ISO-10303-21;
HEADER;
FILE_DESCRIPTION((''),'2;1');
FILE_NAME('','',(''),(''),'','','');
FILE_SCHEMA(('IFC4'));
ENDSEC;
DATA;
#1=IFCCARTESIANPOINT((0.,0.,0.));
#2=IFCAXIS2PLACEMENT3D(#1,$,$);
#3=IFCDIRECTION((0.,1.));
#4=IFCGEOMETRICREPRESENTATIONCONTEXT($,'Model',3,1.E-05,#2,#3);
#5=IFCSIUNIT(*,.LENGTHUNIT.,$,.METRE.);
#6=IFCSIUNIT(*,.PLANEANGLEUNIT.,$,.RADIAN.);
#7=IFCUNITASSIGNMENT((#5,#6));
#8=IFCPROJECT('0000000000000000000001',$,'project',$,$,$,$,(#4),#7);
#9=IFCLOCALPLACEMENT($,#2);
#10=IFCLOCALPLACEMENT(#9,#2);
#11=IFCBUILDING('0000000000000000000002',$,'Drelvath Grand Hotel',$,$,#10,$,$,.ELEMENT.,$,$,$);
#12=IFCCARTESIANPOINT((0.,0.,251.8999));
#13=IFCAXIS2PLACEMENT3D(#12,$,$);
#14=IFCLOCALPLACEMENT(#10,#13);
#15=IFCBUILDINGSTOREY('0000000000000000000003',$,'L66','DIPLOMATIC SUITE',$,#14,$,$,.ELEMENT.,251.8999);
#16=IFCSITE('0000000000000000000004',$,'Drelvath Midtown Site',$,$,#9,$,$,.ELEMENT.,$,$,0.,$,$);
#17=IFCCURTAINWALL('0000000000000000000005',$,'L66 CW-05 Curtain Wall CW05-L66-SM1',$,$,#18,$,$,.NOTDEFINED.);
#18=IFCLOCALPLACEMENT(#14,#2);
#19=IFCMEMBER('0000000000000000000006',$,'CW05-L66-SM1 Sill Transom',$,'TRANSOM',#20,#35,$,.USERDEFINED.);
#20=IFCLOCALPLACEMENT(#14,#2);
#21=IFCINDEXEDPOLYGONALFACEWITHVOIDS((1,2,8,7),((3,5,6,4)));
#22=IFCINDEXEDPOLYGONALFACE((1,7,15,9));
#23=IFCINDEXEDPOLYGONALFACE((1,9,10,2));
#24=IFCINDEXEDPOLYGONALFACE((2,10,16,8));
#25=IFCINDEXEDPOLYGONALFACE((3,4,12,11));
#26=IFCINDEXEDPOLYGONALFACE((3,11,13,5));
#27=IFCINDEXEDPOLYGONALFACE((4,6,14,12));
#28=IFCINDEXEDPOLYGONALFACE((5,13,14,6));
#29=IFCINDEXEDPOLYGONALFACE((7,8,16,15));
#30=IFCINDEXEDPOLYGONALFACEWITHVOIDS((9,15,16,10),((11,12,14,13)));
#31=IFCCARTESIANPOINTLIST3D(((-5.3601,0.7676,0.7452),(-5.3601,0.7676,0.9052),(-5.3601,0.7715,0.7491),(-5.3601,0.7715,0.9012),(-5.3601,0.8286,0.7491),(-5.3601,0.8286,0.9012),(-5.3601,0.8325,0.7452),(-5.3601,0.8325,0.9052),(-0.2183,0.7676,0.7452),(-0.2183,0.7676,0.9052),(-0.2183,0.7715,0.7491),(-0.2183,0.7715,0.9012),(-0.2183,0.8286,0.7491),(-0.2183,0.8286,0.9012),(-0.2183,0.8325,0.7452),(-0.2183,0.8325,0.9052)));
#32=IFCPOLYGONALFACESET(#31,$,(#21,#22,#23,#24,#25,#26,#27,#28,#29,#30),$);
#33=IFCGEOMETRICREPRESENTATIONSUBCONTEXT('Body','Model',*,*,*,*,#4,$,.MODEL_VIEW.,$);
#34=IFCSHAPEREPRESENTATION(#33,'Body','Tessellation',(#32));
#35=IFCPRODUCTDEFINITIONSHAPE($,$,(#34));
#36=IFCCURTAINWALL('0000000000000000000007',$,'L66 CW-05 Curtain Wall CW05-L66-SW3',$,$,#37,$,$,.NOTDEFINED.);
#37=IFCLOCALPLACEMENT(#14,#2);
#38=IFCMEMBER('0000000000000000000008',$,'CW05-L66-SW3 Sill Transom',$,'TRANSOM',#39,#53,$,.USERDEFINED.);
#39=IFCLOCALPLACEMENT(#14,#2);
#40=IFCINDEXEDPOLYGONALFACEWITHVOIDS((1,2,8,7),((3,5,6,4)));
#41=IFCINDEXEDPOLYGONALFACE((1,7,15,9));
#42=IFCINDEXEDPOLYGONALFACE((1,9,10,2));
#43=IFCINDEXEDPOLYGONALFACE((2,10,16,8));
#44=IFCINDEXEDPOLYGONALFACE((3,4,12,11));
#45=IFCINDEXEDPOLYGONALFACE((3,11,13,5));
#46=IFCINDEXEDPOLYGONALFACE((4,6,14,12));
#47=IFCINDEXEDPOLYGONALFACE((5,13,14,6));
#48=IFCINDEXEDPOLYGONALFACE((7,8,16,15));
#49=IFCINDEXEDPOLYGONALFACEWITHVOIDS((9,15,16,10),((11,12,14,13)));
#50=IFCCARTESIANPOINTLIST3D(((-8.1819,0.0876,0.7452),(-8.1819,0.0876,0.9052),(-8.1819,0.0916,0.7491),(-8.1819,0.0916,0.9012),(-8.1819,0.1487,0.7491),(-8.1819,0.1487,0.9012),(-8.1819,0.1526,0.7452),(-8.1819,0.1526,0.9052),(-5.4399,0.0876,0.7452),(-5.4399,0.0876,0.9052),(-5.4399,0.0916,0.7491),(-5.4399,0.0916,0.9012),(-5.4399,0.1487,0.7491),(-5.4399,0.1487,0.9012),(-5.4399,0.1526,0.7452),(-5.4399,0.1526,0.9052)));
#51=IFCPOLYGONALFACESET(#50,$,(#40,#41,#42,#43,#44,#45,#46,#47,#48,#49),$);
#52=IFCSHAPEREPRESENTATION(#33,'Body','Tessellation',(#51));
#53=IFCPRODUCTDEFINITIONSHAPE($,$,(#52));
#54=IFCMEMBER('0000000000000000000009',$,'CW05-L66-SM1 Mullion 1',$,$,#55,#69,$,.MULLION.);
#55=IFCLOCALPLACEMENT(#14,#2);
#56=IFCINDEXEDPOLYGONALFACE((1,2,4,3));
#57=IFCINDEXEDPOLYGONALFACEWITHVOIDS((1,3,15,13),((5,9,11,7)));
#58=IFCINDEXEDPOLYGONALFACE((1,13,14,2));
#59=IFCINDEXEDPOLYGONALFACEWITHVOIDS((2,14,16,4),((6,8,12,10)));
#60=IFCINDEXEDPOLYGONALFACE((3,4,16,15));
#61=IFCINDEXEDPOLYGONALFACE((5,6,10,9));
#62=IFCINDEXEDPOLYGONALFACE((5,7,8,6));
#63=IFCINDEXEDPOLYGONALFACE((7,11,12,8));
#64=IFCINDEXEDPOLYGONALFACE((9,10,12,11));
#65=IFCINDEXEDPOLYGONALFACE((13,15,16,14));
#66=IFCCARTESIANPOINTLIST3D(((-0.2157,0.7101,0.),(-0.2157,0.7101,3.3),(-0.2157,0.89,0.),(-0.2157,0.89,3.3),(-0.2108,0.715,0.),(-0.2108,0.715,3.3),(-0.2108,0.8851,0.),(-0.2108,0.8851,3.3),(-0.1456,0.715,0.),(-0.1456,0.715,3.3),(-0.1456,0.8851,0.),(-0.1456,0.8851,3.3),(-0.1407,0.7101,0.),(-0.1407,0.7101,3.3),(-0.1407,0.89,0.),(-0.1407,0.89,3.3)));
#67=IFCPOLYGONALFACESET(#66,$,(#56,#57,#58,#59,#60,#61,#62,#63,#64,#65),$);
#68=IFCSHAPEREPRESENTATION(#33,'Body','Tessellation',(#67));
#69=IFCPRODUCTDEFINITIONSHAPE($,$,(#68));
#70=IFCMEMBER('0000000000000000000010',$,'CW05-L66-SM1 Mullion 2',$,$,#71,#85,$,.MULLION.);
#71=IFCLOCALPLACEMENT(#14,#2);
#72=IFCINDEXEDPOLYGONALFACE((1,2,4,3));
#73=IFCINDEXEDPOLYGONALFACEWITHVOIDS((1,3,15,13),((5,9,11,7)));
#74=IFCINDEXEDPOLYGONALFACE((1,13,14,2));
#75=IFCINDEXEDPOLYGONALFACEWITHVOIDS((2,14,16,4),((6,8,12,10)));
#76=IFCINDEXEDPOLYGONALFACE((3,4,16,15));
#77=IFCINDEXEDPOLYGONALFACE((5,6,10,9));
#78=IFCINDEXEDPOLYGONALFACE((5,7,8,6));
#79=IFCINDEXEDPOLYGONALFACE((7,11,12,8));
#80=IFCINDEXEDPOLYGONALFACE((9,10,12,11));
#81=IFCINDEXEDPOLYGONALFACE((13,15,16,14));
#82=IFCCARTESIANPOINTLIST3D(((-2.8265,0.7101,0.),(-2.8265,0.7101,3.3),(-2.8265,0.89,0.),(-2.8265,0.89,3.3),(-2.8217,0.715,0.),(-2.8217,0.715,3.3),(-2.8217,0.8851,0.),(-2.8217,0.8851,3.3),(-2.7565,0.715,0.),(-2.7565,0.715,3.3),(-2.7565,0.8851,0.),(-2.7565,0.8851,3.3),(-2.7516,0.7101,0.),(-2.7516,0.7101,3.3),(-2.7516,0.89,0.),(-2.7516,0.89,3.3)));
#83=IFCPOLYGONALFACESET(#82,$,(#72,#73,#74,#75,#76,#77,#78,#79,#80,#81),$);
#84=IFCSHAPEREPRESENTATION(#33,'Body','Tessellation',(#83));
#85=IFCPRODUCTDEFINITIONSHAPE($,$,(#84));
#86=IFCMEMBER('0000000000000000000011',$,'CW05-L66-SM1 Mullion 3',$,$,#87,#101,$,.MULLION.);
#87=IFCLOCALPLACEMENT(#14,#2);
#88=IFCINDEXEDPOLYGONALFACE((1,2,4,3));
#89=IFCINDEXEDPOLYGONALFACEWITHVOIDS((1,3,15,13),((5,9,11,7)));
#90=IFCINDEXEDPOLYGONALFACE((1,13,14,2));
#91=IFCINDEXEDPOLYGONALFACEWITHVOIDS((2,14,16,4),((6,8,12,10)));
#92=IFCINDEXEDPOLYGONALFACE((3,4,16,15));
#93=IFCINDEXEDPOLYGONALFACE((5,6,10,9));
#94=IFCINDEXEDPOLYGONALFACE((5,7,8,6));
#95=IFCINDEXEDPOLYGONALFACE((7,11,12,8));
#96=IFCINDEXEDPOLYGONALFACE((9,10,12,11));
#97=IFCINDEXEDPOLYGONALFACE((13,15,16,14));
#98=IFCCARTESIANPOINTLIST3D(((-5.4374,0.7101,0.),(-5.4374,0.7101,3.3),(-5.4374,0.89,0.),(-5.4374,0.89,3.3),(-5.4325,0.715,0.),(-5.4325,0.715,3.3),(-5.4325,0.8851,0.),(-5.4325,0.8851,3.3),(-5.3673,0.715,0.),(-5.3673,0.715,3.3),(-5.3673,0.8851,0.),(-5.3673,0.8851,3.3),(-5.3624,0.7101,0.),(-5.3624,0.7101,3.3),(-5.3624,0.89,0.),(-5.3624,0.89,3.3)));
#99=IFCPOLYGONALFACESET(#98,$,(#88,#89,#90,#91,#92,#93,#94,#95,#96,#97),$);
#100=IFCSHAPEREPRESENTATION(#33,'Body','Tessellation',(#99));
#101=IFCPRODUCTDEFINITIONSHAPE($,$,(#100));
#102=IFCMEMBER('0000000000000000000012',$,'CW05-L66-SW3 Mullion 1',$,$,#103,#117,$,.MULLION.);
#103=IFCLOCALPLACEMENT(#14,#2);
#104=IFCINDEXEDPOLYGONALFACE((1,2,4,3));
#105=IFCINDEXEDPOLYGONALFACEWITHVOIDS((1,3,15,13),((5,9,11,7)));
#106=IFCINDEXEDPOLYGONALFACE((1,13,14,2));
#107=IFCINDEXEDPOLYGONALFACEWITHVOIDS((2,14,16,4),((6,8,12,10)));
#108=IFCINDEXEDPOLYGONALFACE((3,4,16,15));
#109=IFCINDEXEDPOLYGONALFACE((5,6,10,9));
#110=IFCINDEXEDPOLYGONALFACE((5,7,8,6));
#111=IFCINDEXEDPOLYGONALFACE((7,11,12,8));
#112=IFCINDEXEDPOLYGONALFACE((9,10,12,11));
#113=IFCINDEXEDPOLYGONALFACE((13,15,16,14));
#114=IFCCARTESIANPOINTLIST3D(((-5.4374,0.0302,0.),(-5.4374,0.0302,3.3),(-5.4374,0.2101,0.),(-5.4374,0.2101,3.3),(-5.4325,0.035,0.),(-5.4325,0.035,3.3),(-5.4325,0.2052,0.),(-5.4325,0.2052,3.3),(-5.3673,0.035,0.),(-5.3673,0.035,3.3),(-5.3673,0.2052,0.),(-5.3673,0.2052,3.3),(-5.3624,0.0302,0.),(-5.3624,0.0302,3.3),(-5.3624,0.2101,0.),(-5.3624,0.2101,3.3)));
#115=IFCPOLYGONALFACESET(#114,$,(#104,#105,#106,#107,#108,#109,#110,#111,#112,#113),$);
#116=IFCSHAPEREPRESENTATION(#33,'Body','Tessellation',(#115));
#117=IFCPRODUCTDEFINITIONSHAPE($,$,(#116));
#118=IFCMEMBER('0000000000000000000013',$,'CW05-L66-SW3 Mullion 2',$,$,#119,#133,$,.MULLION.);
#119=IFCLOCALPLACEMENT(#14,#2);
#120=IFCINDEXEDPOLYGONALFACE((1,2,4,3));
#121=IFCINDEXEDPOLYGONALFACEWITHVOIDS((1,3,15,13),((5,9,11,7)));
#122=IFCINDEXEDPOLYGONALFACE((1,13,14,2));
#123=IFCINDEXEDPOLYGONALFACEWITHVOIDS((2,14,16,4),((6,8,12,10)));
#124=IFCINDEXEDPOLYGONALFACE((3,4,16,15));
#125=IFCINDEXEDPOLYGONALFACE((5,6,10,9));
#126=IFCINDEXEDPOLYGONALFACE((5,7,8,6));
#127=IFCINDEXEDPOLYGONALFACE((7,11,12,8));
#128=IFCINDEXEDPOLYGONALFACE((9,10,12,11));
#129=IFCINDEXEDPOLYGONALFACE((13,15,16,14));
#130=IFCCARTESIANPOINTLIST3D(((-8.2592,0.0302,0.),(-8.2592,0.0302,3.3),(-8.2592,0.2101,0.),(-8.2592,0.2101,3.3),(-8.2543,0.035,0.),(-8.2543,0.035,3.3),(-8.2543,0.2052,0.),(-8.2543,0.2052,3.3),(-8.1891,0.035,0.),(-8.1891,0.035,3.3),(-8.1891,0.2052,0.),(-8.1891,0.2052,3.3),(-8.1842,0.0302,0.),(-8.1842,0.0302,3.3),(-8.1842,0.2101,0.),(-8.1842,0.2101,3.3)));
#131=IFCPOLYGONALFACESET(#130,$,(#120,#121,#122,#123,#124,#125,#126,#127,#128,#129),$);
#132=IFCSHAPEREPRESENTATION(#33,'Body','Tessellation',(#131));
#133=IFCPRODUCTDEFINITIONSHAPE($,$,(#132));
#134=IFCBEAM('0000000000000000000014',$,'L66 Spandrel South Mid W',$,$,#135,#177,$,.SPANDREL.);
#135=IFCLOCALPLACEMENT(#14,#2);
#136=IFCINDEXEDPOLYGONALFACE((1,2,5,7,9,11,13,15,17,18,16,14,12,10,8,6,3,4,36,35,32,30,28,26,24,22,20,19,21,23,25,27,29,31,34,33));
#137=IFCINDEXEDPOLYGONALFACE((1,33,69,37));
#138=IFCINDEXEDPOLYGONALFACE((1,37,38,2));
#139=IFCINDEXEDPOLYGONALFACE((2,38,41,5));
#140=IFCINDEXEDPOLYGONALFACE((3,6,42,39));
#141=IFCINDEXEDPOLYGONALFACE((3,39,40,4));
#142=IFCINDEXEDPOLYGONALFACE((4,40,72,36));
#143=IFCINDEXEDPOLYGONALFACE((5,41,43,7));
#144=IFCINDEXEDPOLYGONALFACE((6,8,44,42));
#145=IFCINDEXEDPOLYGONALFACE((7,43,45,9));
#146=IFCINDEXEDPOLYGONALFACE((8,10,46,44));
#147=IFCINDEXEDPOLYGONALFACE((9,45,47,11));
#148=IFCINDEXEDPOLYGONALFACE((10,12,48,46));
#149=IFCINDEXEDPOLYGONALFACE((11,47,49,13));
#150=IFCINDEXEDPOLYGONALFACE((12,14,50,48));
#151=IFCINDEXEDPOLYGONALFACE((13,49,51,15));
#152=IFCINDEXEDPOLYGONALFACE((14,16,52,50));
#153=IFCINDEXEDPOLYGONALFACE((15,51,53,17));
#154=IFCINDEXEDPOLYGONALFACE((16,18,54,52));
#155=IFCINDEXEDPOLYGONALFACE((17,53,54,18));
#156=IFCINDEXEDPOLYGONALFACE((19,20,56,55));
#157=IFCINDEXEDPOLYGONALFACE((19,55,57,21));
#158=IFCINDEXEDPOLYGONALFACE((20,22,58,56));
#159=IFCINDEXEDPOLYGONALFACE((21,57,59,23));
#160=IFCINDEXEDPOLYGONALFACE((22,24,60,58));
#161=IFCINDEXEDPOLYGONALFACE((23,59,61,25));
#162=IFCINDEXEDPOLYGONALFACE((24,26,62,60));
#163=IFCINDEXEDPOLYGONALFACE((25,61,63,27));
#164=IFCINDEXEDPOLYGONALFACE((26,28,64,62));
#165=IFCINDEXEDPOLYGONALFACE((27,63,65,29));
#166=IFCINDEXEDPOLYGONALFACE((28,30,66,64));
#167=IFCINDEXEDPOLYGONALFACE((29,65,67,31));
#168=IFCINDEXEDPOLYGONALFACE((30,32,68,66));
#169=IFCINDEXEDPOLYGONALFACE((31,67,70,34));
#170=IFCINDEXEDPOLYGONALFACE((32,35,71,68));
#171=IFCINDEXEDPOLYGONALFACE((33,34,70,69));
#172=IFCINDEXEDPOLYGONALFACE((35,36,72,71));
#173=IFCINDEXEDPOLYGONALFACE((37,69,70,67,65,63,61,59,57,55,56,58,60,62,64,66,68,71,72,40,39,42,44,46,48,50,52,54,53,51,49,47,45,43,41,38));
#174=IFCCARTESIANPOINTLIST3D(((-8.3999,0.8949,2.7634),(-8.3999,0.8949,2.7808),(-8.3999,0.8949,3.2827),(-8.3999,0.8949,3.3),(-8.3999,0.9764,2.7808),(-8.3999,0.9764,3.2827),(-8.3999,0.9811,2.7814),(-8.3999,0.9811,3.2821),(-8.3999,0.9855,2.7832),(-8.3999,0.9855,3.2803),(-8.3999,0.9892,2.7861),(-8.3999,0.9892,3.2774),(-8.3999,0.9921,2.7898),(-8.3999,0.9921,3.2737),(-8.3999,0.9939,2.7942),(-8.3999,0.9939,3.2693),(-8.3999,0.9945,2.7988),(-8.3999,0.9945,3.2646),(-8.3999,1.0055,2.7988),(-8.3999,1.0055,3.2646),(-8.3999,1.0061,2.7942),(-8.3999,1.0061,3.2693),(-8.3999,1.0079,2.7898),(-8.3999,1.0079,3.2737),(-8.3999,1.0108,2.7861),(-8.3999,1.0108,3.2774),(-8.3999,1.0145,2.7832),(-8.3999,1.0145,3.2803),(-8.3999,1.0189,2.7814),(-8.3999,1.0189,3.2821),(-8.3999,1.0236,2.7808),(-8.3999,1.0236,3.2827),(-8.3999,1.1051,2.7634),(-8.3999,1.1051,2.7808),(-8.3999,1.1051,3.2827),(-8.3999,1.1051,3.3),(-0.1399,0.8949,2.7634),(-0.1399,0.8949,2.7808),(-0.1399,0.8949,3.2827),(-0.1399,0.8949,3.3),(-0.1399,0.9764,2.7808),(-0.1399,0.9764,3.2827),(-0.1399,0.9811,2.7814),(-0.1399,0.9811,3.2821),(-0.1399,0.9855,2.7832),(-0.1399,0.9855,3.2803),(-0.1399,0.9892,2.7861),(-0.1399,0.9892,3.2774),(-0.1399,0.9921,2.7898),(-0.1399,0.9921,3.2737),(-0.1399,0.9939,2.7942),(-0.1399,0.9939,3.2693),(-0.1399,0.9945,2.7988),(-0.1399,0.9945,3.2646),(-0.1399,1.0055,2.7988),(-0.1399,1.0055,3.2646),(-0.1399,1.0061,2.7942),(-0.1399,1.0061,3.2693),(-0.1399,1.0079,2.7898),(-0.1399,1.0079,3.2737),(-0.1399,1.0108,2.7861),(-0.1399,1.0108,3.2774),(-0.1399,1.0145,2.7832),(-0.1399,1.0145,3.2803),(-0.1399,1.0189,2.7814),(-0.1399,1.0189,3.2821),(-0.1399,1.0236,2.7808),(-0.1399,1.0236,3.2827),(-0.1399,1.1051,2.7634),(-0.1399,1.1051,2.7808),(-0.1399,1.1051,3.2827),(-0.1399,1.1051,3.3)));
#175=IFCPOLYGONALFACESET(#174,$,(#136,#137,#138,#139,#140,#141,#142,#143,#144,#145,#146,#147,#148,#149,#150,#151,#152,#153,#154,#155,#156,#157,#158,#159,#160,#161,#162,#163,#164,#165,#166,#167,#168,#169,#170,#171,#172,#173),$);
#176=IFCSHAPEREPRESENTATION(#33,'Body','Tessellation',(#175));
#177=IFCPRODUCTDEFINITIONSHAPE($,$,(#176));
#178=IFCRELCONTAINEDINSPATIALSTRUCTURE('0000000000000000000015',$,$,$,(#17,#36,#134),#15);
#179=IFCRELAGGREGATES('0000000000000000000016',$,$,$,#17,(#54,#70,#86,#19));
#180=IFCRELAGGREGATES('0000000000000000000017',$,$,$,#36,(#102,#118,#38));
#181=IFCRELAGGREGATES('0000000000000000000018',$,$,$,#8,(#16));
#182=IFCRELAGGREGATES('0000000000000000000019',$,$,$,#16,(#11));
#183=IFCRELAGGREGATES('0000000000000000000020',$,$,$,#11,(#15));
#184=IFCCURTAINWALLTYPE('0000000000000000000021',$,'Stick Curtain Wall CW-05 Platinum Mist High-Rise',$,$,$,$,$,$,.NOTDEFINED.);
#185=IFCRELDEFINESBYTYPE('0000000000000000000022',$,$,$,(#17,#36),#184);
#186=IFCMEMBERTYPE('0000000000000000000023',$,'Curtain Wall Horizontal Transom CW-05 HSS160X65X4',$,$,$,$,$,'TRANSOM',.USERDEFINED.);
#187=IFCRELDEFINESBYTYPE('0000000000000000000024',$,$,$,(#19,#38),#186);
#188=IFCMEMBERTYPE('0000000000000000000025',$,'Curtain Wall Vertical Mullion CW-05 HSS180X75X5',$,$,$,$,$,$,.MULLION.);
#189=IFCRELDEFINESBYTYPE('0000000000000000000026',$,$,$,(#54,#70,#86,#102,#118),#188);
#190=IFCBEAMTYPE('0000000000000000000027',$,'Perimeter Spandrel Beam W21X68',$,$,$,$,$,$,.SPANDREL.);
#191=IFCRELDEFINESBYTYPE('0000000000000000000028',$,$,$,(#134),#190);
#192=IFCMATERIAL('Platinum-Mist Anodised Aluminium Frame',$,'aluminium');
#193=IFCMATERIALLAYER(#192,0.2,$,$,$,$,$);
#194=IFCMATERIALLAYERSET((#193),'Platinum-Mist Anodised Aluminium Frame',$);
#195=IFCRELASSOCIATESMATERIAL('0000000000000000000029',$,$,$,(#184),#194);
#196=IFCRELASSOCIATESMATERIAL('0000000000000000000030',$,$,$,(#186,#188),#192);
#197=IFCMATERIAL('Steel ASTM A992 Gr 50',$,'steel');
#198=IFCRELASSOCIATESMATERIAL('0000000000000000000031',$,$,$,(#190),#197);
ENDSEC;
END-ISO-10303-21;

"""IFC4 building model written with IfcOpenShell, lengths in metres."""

from ifc_helpers import new_model, si_unit, direction, frame, origin, origin_2d, place, context, subcontext, project, spatial, hollow_rectangle, i_section, extrude, material, layer, layer_set, material_profile, profile_set, type_object, element, aggregate, save


model = new_model("IFC4")

# Units and contexts
model_context = context("Model", 3, precision=1e-05, world=origin(), true_north=direction((0.0, 1.0)))
body_context = subcontext(model_context, "Body", "Model", "MODEL_VIEW")
ifc_project = project(units=[si_unit("LENGTHUNIT", "METRE"), si_unit("PLANEANGLEUNIT", "RADIAN")], contexts=[model_context])

# Site, building, storey
site_placement = place(None, origin())
site = spatial("IfcSite", under=ifc_project, at=site_placement, Name="Drelvath Midtown Site", CompositionType="ELEMENT", RefElevation=0.0)
building_placement = place(site_placement, origin())
building = spatial("IfcBuilding", under=site, at=building_placement, Name="Drelvath Grand Hotel", CompositionType="ELEMENT")
storey_placement = place(building_placement, frame((0.0, 0.0, 251.8999)))
storey = spatial("IfcBuildingStorey", under=building, at=storey_placement, Name="L66", Description="DIPLOMATIC SUITE", CompositionType="ELEMENT", Elevation=251.8999)

# Curtain walls, members
ifc_material_1 = material(Name="Platinum-Mist Anodised Aluminium Frame", Category="aluminium")
ifc_layer_1 = layer(ifc_material_1, 0.2)
ifc_layer_set_1 = layer_set([ifc_layer_1], Name="Platinum-Mist Anodised Aluminium Frame")
curtain_wall_type = type_object("IfcCurtainWallType", Name="Stick Curtain Wall CW-05 Platinum Mist High-Rise", PredefinedType="NOTDEFINED", material=ifc_layer_set_1)
curtain_wall_1_placement = place(storey_placement, origin())
curtain_wall_1 = element("IfcCurtainWall", 1, at=curtain_wall_1_placement, inside=storey, type_object=curtain_wall_type, Name="L66 CW-05 Curtain Wall CW05-L66-SM1", PredefinedType="NOTDEFINED")
ifc_material_profile_1 = material_profile(ifc_material_1, hollow_rectangle(XDim=0.0649, YDim=0.1599, WallThickness=0.0039, at=origin_2d()), Name="HSS160X65X4")
ifc_profile_set_1 = profile_set([ifc_material_profile_1], Name="Platinum-Mist Anodised Aluminium Frame")
member_type_1 = type_object("IfcMemberType", Name="Curtain Wall Horizontal Transom CW-05 HSS160X65X4", ElementType="TRANSOM", PredefinedType="USERDEFINED", material=ifc_profile_set_1)
member_1_placement = place(storey_placement, frame((-0.2183, 0.8, 0.8252), z_axis=(-1.0, 0.0, 0.0), x_axis=(0.0, -1.0, 0.0)))
member_1 = element("IfcMember", 2, at=member_1_placement, type_object=member_type_1, Name="CW05-L66-SM1 Sill Transom", ObjectType="TRANSOM", PredefinedType="USERDEFINED", context=body_context, shape_type="SweptSolid", body=[
    extrude(hollow_rectangle(XDim=0.0649, YDim=0.1599, WallThickness=0.0039, at=origin_2d()), origin(), (0.0, 0.0, 1.0), 5.1418),
])
curtain_wall_2_placement = place(storey_placement, origin())
curtain_wall_2 = element("IfcCurtainWall", 3, at=curtain_wall_2_placement, inside=storey, type_object=curtain_wall_type, Name="L66 CW-05 Curtain Wall CW05-L66-SW3", PredefinedType="NOTDEFINED")
member_2_placement = place(storey_placement, frame((-5.4399, 0.1201, 0.8252), z_axis=(-1.0, 0.0, 0.0), x_axis=(0.0, -1.0, 0.0)))
member_2 = element("IfcMember", 4, at=member_2_placement, type_object=member_type_1, Name="CW05-L66-SW3 Sill Transom", ObjectType="TRANSOM", PredefinedType="USERDEFINED", context=body_context, shape_type="SweptSolid", body=[
    extrude(hollow_rectangle(XDim=0.0649, YDim=0.1599, WallThickness=0.0039, at=origin_2d()), origin(), (0.0, 0.0, 1.0), 2.7419),
])

# Members
ifc_material_profile_2 = material_profile(ifc_material_1, hollow_rectangle(XDim=0.075, YDim=0.1799, WallThickness=0.0049, at=origin_2d()), Name="HSS180X75X5")
ifc_profile_set_2 = profile_set([ifc_material_profile_2], Name="Platinum-Mist Anodised Aluminium Frame")
member_type_2 = type_object("IfcMemberType", Name="Curtain Wall Vertical Mullion CW-05 HSS180X75X5", PredefinedType="MULLION", material=ifc_profile_set_2)
member_3_placement = place(storey_placement, frame((-0.1782, 0.8, 0.0), z_axis=(0.0, 0.0, 1.0), x_axis=(1.0, 0.0, 0.0)))
member_3 = element("IfcMember", 5, at=member_3_placement, type_object=member_type_2, Name="CW05-L66-SM1 Mullion 1", PredefinedType="MULLION", context=body_context, shape_type="SweptSolid", body=[
    extrude(hollow_rectangle(XDim=0.075, YDim=0.1799, WallThickness=0.0049, at=origin_2d()), origin(), (0.0, 0.0, 1.0), 3.3),
])
member_4_placement = place(storey_placement, frame((-2.7891, 0.8, 0.0), z_axis=(0.0, 0.0, 1.0), x_axis=(1.0, 0.0, 0.0)))
member_4 = element("IfcMember", 6, at=member_4_placement, type_object=member_type_2, Name="CW05-L66-SM1 Mullion 2", PredefinedType="MULLION", context=body_context, shape_type="SweptSolid", body=[
    extrude(hollow_rectangle(XDim=0.075, YDim=0.1799, WallThickness=0.0049, at=origin_2d()), origin(), (0.0, 0.0, 1.0), 3.3),
])
member_5_placement = place(storey_placement, frame((-5.3999, 0.8, 0.0), z_axis=(0.0, 0.0, 1.0), x_axis=(1.0, 0.0, 0.0)))
member_5 = element("IfcMember", 7, at=member_5_placement, type_object=member_type_2, Name="CW05-L66-SM1 Mullion 3", PredefinedType="MULLION", context=body_context, shape_type="SweptSolid", body=[
    extrude(hollow_rectangle(XDim=0.075, YDim=0.1799, WallThickness=0.0049, at=origin_2d()), origin(), (0.0, 0.0, 1.0), 3.3),
])
member_6_placement = place(storey_placement, frame((-5.3999, 0.1201, 0.0), z_axis=(0.0, 0.0, 1.0), x_axis=(1.0, 0.0, 0.0)))
member_6 = element("IfcMember", 8, at=member_6_placement, type_object=member_type_2, Name="CW05-L66-SW3 Mullion 1", PredefinedType="MULLION", context=body_context, shape_type="SweptSolid", body=[
    extrude(hollow_rectangle(XDim=0.075, YDim=0.1799, WallThickness=0.0049, at=origin_2d()), origin(), (0.0, 0.0, 1.0), 3.3),
])
member_7_placement = place(storey_placement, frame((-8.2217, 0.1201, 0.0), z_axis=(0.0, 0.0, 1.0), x_axis=(1.0, 0.0, 0.0)))
member_7 = element("IfcMember", 9, at=member_7_placement, type_object=member_type_2, Name="CW05-L66-SW3 Mullion 2", PredefinedType="MULLION", context=body_context, shape_type="SweptSolid", body=[
    extrude(hollow_rectangle(XDim=0.075, YDim=0.1799, WallThickness=0.0049, at=origin_2d()), origin(), (0.0, 0.0, 1.0), 3.3),
])

# Beam
ifc_material_2 = material(Name="Steel ASTM A992 Gr 50", Category="steel")
ifc_material_profile_3 = material_profile(ifc_material_2, i_section(OverallWidth=0.2102, OverallDepth=0.5366, WebThickness=0.011, FlangeThickness=0.0173, FilletRadius=0.0181, at=origin_2d()), Name="W21X68")
ifc_profile_set_3 = profile_set([ifc_material_profile_3], Name="Steel ASTM A992 Gr 50")
beam_type_1 = type_object("IfcBeamType", Name="Perimeter Spandrel Beam W21X68", PredefinedType="SPANDREL", material=ifc_profile_set_3)
beam_1_placement = place(storey_placement, frame((-8.3999, 1.0, 3.0317), z_axis=(1.0, 0.0, 0.0), x_axis=(0.0, 1.0, 0.0)))
element("IfcBeam", 10, at=beam_1_placement, inside=storey, type_object=beam_type_1, Name="L66 Spandrel South Mid W", PredefinedType="SPANDREL", context=body_context, shape_type="SweptSolid", body=[
    extrude(i_section(OverallWidth=0.2102, OverallDepth=0.5366, WebThickness=0.011, FlangeThickness=0.0173, FilletRadius=0.0181, at=origin_2d()), origin(), (0.0, 0.0, 1.0), 8.26),
])

aggregate(curtain_wall_1, [member_3, member_4, member_5, member_1])
aggregate(curtain_wall_2, [member_6, member_7, member_2])

save(model, "model.ifc")
